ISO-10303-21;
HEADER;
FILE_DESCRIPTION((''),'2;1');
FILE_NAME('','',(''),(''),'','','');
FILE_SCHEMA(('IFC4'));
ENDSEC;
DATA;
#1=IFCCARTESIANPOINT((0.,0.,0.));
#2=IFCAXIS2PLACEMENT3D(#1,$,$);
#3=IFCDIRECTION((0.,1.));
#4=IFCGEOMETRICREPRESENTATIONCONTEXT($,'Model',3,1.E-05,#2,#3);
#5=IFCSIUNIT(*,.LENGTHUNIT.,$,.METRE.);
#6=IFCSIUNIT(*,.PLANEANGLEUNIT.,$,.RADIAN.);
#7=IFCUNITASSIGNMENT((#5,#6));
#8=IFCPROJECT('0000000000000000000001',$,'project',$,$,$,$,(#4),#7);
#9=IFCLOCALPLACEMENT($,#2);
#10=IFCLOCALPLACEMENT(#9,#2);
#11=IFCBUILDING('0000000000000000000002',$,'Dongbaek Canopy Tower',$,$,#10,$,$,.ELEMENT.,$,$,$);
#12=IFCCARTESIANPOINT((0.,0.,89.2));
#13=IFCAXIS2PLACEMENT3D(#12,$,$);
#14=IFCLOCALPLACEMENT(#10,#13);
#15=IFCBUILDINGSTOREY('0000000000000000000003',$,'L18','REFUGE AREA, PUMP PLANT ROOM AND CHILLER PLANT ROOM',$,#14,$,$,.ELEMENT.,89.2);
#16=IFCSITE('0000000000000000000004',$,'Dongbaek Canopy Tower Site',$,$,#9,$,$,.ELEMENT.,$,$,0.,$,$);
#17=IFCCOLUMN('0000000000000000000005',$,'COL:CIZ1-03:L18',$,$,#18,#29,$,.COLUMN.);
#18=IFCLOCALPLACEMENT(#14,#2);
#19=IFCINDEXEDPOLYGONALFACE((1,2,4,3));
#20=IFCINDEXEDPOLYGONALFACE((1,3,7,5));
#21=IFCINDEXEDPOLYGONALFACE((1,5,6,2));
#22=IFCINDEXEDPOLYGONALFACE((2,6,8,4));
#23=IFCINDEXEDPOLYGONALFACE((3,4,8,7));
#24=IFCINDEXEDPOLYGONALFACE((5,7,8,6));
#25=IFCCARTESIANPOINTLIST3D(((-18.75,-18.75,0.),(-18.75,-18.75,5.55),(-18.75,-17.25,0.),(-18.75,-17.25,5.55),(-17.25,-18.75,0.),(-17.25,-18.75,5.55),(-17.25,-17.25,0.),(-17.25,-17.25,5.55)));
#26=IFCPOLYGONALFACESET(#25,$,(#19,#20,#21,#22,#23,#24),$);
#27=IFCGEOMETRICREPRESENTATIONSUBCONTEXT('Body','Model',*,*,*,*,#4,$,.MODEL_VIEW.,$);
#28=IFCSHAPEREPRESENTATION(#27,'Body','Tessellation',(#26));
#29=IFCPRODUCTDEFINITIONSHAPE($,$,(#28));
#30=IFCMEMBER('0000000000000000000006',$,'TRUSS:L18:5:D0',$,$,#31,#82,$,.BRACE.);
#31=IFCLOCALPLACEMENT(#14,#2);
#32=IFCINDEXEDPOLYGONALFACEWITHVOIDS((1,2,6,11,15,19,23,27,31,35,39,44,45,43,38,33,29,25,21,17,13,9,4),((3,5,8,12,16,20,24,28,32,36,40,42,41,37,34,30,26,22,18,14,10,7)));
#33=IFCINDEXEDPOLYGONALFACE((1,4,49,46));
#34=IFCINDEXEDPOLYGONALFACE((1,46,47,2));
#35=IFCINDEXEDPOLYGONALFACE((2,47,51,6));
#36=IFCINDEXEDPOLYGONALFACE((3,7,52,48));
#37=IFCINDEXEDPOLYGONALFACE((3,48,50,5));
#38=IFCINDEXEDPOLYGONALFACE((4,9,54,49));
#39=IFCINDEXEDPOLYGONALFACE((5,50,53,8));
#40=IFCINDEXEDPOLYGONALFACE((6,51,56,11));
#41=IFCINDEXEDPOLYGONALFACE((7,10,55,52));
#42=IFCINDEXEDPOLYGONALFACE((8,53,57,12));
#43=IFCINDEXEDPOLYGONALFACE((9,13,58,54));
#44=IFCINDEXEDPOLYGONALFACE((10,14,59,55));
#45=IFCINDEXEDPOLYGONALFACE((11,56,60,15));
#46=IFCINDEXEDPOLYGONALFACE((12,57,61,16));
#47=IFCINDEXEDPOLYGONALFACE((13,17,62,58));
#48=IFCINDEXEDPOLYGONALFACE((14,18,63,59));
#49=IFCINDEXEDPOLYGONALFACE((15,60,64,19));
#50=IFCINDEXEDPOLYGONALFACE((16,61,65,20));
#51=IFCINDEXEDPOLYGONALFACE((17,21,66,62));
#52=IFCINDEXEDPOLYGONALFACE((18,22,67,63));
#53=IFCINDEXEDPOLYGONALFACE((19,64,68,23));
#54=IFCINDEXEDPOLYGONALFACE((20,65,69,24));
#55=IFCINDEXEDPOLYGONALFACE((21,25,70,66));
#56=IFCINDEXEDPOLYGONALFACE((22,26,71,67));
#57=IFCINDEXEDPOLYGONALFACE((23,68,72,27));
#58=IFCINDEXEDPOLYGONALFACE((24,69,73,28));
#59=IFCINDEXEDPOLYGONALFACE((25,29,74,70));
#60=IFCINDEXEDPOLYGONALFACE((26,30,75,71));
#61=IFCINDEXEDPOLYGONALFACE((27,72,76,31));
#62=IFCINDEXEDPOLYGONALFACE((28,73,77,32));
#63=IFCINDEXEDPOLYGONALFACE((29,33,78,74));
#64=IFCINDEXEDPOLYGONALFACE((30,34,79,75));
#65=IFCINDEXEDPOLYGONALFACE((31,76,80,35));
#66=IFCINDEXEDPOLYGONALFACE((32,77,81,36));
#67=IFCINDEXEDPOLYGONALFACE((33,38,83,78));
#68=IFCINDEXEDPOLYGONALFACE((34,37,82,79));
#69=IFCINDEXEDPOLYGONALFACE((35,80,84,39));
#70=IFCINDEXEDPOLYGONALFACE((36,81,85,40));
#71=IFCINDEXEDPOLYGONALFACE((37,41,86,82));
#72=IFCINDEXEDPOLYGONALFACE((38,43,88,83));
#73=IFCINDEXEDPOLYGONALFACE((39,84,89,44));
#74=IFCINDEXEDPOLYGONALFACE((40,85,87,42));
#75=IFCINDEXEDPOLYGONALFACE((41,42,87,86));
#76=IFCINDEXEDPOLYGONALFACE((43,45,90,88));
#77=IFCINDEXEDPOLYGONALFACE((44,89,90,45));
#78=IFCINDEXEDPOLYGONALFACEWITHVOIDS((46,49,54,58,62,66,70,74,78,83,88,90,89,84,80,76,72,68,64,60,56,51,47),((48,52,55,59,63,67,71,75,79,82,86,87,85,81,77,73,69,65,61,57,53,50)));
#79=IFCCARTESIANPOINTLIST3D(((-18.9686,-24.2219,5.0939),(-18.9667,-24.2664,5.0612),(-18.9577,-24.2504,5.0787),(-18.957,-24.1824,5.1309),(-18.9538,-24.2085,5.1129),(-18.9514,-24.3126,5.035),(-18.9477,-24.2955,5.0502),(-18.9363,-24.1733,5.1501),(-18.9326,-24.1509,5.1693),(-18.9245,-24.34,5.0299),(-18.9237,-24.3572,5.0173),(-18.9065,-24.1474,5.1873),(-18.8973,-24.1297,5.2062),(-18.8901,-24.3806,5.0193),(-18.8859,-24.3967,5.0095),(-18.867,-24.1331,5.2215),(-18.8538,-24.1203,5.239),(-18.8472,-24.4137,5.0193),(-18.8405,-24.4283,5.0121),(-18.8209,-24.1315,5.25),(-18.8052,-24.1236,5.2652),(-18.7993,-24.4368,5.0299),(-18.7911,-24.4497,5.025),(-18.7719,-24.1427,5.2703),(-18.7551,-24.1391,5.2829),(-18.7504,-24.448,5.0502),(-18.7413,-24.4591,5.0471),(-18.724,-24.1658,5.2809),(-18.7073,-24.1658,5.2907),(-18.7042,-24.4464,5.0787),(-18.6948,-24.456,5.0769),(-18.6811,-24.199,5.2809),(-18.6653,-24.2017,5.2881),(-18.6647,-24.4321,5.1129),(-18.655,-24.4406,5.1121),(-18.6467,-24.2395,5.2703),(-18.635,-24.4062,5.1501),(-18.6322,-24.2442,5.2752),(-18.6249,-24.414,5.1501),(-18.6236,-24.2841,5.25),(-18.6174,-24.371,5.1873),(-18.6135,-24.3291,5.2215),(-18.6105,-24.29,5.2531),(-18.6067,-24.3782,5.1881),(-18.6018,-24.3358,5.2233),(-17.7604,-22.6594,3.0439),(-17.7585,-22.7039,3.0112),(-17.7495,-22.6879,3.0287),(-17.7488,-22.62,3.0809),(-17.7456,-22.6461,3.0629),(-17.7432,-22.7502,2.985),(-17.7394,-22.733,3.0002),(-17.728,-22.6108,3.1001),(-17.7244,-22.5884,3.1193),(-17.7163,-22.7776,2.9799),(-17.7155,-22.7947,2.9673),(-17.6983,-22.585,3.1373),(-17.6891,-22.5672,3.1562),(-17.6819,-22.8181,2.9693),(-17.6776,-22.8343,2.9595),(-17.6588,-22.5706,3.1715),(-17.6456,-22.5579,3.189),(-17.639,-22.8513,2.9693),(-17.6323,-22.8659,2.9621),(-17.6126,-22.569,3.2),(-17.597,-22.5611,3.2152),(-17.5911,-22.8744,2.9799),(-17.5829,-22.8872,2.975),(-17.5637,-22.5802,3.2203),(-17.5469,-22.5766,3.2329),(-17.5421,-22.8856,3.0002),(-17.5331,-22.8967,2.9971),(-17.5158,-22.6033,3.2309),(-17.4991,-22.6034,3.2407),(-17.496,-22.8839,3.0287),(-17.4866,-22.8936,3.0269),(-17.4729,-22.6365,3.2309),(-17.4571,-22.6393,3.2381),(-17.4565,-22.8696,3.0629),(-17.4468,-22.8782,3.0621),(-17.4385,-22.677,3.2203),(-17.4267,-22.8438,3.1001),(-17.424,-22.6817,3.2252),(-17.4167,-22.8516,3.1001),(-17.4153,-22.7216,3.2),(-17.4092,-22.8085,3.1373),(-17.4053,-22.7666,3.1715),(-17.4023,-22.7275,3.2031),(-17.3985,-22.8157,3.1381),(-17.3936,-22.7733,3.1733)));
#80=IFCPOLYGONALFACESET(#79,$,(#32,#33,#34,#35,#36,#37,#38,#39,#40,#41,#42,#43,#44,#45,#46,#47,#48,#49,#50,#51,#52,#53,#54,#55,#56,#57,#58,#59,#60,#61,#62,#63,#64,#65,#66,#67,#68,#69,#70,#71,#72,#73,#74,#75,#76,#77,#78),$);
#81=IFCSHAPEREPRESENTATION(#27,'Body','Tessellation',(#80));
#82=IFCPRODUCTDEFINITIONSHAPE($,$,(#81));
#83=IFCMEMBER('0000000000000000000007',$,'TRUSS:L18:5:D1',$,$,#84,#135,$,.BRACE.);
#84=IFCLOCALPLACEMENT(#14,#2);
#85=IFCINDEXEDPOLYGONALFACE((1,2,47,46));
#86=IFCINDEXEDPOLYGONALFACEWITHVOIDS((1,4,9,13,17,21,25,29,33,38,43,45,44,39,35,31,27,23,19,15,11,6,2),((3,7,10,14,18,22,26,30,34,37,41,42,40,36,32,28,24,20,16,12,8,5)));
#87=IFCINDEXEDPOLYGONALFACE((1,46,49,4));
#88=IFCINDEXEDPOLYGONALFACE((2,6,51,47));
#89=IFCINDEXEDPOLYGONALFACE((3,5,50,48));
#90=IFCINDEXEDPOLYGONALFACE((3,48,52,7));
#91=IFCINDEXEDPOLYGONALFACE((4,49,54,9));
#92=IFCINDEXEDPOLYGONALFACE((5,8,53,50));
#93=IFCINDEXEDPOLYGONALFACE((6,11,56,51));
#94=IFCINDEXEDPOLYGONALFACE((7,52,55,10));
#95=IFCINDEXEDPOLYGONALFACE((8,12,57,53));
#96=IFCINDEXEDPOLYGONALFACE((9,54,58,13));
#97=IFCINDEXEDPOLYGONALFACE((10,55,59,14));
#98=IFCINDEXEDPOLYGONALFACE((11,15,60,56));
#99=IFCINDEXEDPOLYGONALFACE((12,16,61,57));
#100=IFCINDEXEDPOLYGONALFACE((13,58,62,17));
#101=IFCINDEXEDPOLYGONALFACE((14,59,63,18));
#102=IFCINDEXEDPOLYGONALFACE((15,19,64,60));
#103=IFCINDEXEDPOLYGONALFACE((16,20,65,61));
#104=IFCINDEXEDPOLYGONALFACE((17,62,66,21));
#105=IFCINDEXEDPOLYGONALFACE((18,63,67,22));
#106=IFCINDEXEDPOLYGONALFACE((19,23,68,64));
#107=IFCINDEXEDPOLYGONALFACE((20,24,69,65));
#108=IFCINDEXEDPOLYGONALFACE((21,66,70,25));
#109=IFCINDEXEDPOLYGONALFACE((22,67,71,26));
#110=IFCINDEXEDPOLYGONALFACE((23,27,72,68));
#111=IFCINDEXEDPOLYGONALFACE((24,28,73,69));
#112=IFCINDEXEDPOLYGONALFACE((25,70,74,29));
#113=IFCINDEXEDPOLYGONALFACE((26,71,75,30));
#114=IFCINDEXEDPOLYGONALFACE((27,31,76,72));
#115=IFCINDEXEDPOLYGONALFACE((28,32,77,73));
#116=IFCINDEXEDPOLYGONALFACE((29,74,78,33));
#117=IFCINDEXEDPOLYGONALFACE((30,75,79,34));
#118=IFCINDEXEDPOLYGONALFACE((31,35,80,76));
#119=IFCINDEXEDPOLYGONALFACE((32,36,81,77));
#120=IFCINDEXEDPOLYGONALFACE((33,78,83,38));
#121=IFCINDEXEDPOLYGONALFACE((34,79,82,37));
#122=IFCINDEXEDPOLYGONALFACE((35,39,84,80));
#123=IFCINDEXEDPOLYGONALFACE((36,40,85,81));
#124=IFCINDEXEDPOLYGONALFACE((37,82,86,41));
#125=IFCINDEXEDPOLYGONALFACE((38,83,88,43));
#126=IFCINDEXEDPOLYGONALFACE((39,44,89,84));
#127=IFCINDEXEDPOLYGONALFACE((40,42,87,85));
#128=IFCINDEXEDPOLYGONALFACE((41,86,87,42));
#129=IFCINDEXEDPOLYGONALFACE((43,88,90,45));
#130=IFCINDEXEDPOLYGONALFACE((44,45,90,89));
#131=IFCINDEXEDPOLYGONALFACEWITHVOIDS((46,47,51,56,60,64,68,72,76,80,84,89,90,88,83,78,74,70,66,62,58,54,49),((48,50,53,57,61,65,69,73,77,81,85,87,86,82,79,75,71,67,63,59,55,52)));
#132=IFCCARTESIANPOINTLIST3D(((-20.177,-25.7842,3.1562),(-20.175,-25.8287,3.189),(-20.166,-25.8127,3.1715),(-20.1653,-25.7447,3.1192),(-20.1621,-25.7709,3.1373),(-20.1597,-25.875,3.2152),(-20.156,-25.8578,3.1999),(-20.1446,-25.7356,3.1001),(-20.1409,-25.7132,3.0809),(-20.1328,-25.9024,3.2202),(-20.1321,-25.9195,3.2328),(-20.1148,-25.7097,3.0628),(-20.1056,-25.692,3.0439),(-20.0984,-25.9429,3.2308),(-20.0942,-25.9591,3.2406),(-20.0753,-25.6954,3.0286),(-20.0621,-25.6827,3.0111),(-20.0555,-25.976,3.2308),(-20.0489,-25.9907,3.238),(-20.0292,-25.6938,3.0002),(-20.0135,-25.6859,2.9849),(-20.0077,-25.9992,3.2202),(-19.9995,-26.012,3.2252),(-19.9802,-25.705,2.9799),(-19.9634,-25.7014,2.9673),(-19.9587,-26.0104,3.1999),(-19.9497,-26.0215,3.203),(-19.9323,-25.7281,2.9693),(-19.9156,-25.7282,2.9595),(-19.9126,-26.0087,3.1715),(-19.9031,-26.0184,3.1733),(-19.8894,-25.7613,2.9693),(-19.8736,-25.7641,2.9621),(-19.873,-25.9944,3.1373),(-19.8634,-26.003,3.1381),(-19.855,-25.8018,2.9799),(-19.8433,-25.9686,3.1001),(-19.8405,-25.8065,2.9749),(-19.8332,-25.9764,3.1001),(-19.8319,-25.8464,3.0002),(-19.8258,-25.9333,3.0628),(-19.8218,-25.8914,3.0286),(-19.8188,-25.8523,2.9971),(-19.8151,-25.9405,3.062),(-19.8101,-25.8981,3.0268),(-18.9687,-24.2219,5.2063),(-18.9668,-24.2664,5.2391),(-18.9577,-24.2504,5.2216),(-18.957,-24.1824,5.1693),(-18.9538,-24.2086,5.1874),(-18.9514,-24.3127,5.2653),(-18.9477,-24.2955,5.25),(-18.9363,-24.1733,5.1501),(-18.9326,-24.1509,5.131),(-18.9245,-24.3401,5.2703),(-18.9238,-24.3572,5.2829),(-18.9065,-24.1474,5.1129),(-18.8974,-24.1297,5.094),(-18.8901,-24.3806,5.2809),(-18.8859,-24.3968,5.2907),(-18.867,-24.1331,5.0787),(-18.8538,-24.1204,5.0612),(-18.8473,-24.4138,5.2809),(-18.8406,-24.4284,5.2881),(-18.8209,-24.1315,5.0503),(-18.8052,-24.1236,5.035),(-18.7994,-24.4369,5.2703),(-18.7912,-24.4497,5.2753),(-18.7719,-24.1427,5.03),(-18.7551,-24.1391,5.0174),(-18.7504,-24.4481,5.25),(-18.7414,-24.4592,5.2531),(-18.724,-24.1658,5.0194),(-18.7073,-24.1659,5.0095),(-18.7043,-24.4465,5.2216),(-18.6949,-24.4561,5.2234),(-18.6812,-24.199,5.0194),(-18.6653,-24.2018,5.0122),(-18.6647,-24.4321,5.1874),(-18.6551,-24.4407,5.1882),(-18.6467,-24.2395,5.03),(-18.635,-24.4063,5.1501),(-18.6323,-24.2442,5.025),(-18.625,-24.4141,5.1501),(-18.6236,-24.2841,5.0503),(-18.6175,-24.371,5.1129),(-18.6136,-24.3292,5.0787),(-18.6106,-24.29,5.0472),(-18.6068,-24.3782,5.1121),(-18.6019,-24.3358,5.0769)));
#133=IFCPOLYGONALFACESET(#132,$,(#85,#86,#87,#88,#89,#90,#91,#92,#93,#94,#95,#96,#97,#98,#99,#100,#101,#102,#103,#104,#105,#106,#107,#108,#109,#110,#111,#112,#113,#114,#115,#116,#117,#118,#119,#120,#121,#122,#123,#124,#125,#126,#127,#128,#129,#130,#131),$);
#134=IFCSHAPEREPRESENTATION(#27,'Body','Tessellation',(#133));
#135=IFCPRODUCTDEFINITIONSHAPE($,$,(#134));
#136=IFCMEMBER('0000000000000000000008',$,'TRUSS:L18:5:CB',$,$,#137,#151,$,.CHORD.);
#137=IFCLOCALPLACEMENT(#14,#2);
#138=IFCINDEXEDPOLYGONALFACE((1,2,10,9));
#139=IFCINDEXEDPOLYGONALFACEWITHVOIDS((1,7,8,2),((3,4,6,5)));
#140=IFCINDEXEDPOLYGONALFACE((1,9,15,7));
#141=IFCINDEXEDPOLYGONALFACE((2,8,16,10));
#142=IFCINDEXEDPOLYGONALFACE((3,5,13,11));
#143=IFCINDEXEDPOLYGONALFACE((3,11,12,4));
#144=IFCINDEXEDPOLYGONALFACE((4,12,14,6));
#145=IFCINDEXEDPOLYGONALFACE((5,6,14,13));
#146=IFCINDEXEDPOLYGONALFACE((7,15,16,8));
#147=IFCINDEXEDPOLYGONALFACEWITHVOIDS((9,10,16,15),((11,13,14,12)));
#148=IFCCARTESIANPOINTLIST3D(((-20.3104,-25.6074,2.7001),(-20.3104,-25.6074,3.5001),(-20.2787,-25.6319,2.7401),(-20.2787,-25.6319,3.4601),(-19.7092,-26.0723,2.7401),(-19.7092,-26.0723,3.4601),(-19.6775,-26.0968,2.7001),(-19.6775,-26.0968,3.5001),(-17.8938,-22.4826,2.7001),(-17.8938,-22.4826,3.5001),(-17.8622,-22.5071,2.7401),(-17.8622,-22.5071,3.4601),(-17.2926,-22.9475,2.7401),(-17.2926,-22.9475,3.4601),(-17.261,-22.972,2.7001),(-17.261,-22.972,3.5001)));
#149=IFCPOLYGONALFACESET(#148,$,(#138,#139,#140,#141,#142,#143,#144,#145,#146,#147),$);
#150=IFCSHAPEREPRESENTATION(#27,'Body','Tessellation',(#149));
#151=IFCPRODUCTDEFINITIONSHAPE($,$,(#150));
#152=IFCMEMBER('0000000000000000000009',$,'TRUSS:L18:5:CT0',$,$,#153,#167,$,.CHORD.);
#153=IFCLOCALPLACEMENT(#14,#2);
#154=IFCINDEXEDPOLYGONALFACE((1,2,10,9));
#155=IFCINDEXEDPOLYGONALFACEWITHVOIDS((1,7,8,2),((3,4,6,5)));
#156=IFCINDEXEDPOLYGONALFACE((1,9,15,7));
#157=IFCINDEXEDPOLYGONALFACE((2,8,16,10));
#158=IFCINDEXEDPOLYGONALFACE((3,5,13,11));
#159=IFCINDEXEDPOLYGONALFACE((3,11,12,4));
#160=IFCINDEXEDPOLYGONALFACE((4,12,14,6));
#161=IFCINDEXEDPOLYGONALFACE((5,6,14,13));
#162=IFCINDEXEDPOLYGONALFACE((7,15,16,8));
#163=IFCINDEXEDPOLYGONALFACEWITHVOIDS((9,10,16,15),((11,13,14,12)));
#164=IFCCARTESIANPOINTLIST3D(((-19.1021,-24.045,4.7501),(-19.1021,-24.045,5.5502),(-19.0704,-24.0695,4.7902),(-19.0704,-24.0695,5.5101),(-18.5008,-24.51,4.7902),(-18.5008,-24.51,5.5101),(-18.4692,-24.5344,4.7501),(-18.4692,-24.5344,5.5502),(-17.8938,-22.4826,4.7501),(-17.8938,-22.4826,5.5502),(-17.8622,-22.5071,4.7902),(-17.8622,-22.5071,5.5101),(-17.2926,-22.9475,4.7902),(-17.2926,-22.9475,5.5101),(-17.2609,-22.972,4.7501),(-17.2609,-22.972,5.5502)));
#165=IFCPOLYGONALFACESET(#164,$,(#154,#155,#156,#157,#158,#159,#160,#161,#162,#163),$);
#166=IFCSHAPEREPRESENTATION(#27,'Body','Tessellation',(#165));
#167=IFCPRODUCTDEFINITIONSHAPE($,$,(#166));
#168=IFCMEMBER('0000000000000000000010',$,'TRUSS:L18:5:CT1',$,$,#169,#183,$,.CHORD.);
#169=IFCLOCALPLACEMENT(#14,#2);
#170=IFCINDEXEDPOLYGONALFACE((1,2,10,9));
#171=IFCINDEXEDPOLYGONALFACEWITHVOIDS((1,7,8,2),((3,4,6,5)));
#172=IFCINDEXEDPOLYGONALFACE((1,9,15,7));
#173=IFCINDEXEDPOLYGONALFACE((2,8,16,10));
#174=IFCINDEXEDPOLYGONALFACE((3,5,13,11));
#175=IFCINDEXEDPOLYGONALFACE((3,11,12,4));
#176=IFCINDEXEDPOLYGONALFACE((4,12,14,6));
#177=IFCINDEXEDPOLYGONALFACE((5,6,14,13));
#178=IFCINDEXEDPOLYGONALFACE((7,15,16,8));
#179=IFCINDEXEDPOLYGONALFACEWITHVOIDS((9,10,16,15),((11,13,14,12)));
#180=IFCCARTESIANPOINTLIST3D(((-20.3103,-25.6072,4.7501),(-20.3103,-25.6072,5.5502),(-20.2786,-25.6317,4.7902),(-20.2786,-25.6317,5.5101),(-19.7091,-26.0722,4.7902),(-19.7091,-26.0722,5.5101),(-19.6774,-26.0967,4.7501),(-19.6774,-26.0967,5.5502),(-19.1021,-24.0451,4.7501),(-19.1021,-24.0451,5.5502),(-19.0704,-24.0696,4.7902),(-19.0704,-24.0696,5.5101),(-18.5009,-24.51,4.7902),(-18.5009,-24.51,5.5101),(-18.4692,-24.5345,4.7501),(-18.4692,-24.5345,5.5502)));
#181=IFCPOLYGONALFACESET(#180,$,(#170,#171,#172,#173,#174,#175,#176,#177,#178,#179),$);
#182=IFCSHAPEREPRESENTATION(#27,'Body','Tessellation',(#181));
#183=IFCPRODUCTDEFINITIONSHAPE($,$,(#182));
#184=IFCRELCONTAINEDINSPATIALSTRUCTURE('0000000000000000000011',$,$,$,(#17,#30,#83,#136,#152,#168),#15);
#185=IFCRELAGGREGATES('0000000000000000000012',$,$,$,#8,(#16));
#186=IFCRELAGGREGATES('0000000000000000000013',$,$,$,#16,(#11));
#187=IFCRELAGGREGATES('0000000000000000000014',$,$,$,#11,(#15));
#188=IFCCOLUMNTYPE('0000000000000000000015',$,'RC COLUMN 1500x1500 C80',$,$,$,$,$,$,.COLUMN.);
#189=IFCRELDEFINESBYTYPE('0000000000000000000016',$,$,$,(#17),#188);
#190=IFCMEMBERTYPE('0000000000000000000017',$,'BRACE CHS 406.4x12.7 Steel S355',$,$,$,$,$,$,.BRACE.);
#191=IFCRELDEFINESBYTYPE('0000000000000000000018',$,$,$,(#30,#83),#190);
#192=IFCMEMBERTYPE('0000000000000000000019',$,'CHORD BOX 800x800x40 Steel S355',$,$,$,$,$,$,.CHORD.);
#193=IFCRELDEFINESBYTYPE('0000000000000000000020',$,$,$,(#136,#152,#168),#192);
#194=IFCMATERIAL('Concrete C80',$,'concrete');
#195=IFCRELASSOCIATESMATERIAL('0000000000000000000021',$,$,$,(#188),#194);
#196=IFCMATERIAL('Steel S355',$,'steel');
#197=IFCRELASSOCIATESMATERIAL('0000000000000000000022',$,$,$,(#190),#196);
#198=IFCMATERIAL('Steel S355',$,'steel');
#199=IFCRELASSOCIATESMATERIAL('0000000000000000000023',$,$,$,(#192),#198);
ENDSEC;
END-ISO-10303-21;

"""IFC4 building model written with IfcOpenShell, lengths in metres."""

from ifc_helpers import new_model, si_unit, direction, frame, origin, origin_2d, place, context, subcontext, project, spatial, rectangle, hollow_rectangle, hollow_circle, extrude, material, material_profile, profile_set, type_object, element, save


model = new_model("IFC4")

# Units and contexts
model_context = context("Model", 3, precision=1e-05, world=origin(), true_north=direction((0.0, 1.0)))
body_context = subcontext(model_context, "Body", "Model", "MODEL_VIEW")
ifc_project = project(units=[si_unit("LENGTHUNIT", "METRE"), si_unit("PLANEANGLEUNIT", "RADIAN")], contexts=[model_context])

# Site, building, storey
site_placement = place(None, origin())
site = spatial("IfcSite", under=ifc_project, at=site_placement, Name="Dongbaek Canopy Tower Site", CompositionType="ELEMENT", RefElevation=0.0)
building_placement = place(site_placement, origin())
building = spatial("IfcBuilding", under=site, at=building_placement, Name="Dongbaek Canopy Tower", CompositionType="ELEMENT")
storey_placement = place(building_placement, frame((0.0, 0.0, 89.2)))
storey = spatial("IfcBuildingStorey", under=building, at=storey_placement, Name="L18", Description="REFUGE AREA, PUMP PLANT ROOM AND CHILLER PLANT ROOM", CompositionType="ELEMENT", Elevation=89.2)

# Column
ifc_material_1 = material(Name="Concrete C80", Category="concrete")
ifc_material_profile_1 = material_profile(ifc_material_1, rectangle(XDim=1.5, YDim=1.5, at=origin_2d()), Name="RC COLUMN 1500x1500 C80")
ifc_profile_set_1 = profile_set([ifc_material_profile_1], Name="Concrete C80")
column_type = type_object("IfcColumnType", Name="RC COLUMN 1500x1500 C80", PredefinedType="COLUMN", material=ifc_profile_set_1)
column_placement = place(storey_placement, frame((-18.0, -18.0, 0.0), z_axis=(0.0, 0.0, 1.0), x_axis=(1.0, 0.0, 0.0)))
element("IfcColumn", 1, at=column_placement, inside=storey, type_object=column_type, Name="COL:CIZ1-03:L18", PredefinedType="COLUMN", context=body_context, shape_type="SweptSolid", body=[
    extrude(rectangle(XDim=1.5, YDim=1.5, at=origin_2d()), origin(), (0.0, 0.0, 1.0), 5.55),
])

# Members
ifc_material_2 = material(Name="Steel S355", Category="steel")
ifc_material_profile_2 = material_profile(ifc_material_2, hollow_circle(Radius=0.2031, WallThickness=0.0127, at=origin_2d()), Name="BRACE CHS 406.4x12.7 Steel S355")
ifc_profile_set_2 = profile_set([ifc_material_profile_2], Name="Steel S355")
member_type_1 = type_object("IfcMemberType", Name="BRACE CHS 406.4x12.7 Steel S355", PredefinedType="BRACE", material=ifc_profile_set_2)
for number, where, z_axis, x_axis, name in (
    (2, (-17.5774, -22.7273, 3.1001), (-0.424432, -0.548872, 0.720137), (0.791073, -0.611722, 0.0), "TRUSS:L18:5:D0"),
    (3, (-18.7856, -24.2898, 5.1501), (-0.424452, -0.548812, -0.720171), (0.791027, -0.611782, 0.0), "TRUSS:L18:5:D1"),
):
    element("IfcMember", number, at=place(storey_placement, frame(where, z_axis=z_axis, x_axis=x_axis)), inside=storey, type_object=member_type_1, Name=name, PredefinedType="BRACE", context=body_context, shape_type="SweptSolid", body=[
        extrude(hollow_circle(Radius=0.2031, WallThickness=0.0127, at=origin_2d()), origin(), (0.0, 0.0, 1.0), 2.8467),
    ])
ifc_material_3 = material(Name="Steel S355", Category="steel")
ifc_material_profile_3 = material_profile(ifc_material_3, hollow_rectangle(XDim=0.8, YDim=0.8, WallThickness=0.04, at=origin_2d()), Name="CHORD BOX 800x800x40 Steel S355")
ifc_profile_set_3 = profile_set([ifc_material_profile_3], Name="Steel S355")
member_type_2 = type_object("IfcMemberType", Name="CHORD BOX 800x800x40 Steel S355", PredefinedType="CHORD", material=ifc_profile_set_3)
member_1_placement = place(storey_placement, frame((-17.5774, -22.7273, 3.1001), z_axis=(-0.611752, -0.79105, 0.0), x_axis=(0.79105, -0.611752, 0.0)))
element("IfcMember", 4, at=member_1_placement, inside=storey, type_object=member_type_2, Name="TRUSS:L18:5:CB", PredefinedType="CHORD", context=body_context, shape_type="SweptSolid", body=[
    extrude(hollow_rectangle(XDim=0.8, YDim=0.8, WallThickness=0.04, at=origin_2d()), origin(), (0.0, 0.0, 1.0), 3.9502),
])
member_2_placement = place(storey_placement, frame((-17.5774, -22.7273, 5.1501), z_axis=(-0.611722, -0.791073, 0.0), x_axis=(0.791073, -0.611722, 0.0)))
element("IfcMember", 5, at=member_2_placement, inside=storey, type_object=member_type_2, Name="TRUSS:L18:5:CT0", PredefinedType="CHORD", context=body_context, shape_type="SweptSolid", body=[
    extrude(hollow_rectangle(XDim=0.8, YDim=0.8, WallThickness=0.04, at=origin_2d()), origin(), (0.0, 0.0, 1.0), 1.9751),
])
member_3_placement = place(storey_placement, frame((-18.7856, -24.2898, 5.1501), z_axis=(-0.611782, -0.791027, 0.0), x_axis=(0.791027, -0.611782, 0.0)))
element("IfcMember", 6, at=member_3_placement, inside=storey, type_object=member_type_2, Name="TRUSS:L18:5:CT1", PredefinedType="CHORD", context=body_context, shape_type="SweptSolid", body=[
    extrude(hollow_rectangle(XDim=0.8, YDim=0.8, WallThickness=0.04, at=origin_2d()), origin(), (0.0, 0.0, 1.0), 1.9749),
])

save(model, "model.ifc")
